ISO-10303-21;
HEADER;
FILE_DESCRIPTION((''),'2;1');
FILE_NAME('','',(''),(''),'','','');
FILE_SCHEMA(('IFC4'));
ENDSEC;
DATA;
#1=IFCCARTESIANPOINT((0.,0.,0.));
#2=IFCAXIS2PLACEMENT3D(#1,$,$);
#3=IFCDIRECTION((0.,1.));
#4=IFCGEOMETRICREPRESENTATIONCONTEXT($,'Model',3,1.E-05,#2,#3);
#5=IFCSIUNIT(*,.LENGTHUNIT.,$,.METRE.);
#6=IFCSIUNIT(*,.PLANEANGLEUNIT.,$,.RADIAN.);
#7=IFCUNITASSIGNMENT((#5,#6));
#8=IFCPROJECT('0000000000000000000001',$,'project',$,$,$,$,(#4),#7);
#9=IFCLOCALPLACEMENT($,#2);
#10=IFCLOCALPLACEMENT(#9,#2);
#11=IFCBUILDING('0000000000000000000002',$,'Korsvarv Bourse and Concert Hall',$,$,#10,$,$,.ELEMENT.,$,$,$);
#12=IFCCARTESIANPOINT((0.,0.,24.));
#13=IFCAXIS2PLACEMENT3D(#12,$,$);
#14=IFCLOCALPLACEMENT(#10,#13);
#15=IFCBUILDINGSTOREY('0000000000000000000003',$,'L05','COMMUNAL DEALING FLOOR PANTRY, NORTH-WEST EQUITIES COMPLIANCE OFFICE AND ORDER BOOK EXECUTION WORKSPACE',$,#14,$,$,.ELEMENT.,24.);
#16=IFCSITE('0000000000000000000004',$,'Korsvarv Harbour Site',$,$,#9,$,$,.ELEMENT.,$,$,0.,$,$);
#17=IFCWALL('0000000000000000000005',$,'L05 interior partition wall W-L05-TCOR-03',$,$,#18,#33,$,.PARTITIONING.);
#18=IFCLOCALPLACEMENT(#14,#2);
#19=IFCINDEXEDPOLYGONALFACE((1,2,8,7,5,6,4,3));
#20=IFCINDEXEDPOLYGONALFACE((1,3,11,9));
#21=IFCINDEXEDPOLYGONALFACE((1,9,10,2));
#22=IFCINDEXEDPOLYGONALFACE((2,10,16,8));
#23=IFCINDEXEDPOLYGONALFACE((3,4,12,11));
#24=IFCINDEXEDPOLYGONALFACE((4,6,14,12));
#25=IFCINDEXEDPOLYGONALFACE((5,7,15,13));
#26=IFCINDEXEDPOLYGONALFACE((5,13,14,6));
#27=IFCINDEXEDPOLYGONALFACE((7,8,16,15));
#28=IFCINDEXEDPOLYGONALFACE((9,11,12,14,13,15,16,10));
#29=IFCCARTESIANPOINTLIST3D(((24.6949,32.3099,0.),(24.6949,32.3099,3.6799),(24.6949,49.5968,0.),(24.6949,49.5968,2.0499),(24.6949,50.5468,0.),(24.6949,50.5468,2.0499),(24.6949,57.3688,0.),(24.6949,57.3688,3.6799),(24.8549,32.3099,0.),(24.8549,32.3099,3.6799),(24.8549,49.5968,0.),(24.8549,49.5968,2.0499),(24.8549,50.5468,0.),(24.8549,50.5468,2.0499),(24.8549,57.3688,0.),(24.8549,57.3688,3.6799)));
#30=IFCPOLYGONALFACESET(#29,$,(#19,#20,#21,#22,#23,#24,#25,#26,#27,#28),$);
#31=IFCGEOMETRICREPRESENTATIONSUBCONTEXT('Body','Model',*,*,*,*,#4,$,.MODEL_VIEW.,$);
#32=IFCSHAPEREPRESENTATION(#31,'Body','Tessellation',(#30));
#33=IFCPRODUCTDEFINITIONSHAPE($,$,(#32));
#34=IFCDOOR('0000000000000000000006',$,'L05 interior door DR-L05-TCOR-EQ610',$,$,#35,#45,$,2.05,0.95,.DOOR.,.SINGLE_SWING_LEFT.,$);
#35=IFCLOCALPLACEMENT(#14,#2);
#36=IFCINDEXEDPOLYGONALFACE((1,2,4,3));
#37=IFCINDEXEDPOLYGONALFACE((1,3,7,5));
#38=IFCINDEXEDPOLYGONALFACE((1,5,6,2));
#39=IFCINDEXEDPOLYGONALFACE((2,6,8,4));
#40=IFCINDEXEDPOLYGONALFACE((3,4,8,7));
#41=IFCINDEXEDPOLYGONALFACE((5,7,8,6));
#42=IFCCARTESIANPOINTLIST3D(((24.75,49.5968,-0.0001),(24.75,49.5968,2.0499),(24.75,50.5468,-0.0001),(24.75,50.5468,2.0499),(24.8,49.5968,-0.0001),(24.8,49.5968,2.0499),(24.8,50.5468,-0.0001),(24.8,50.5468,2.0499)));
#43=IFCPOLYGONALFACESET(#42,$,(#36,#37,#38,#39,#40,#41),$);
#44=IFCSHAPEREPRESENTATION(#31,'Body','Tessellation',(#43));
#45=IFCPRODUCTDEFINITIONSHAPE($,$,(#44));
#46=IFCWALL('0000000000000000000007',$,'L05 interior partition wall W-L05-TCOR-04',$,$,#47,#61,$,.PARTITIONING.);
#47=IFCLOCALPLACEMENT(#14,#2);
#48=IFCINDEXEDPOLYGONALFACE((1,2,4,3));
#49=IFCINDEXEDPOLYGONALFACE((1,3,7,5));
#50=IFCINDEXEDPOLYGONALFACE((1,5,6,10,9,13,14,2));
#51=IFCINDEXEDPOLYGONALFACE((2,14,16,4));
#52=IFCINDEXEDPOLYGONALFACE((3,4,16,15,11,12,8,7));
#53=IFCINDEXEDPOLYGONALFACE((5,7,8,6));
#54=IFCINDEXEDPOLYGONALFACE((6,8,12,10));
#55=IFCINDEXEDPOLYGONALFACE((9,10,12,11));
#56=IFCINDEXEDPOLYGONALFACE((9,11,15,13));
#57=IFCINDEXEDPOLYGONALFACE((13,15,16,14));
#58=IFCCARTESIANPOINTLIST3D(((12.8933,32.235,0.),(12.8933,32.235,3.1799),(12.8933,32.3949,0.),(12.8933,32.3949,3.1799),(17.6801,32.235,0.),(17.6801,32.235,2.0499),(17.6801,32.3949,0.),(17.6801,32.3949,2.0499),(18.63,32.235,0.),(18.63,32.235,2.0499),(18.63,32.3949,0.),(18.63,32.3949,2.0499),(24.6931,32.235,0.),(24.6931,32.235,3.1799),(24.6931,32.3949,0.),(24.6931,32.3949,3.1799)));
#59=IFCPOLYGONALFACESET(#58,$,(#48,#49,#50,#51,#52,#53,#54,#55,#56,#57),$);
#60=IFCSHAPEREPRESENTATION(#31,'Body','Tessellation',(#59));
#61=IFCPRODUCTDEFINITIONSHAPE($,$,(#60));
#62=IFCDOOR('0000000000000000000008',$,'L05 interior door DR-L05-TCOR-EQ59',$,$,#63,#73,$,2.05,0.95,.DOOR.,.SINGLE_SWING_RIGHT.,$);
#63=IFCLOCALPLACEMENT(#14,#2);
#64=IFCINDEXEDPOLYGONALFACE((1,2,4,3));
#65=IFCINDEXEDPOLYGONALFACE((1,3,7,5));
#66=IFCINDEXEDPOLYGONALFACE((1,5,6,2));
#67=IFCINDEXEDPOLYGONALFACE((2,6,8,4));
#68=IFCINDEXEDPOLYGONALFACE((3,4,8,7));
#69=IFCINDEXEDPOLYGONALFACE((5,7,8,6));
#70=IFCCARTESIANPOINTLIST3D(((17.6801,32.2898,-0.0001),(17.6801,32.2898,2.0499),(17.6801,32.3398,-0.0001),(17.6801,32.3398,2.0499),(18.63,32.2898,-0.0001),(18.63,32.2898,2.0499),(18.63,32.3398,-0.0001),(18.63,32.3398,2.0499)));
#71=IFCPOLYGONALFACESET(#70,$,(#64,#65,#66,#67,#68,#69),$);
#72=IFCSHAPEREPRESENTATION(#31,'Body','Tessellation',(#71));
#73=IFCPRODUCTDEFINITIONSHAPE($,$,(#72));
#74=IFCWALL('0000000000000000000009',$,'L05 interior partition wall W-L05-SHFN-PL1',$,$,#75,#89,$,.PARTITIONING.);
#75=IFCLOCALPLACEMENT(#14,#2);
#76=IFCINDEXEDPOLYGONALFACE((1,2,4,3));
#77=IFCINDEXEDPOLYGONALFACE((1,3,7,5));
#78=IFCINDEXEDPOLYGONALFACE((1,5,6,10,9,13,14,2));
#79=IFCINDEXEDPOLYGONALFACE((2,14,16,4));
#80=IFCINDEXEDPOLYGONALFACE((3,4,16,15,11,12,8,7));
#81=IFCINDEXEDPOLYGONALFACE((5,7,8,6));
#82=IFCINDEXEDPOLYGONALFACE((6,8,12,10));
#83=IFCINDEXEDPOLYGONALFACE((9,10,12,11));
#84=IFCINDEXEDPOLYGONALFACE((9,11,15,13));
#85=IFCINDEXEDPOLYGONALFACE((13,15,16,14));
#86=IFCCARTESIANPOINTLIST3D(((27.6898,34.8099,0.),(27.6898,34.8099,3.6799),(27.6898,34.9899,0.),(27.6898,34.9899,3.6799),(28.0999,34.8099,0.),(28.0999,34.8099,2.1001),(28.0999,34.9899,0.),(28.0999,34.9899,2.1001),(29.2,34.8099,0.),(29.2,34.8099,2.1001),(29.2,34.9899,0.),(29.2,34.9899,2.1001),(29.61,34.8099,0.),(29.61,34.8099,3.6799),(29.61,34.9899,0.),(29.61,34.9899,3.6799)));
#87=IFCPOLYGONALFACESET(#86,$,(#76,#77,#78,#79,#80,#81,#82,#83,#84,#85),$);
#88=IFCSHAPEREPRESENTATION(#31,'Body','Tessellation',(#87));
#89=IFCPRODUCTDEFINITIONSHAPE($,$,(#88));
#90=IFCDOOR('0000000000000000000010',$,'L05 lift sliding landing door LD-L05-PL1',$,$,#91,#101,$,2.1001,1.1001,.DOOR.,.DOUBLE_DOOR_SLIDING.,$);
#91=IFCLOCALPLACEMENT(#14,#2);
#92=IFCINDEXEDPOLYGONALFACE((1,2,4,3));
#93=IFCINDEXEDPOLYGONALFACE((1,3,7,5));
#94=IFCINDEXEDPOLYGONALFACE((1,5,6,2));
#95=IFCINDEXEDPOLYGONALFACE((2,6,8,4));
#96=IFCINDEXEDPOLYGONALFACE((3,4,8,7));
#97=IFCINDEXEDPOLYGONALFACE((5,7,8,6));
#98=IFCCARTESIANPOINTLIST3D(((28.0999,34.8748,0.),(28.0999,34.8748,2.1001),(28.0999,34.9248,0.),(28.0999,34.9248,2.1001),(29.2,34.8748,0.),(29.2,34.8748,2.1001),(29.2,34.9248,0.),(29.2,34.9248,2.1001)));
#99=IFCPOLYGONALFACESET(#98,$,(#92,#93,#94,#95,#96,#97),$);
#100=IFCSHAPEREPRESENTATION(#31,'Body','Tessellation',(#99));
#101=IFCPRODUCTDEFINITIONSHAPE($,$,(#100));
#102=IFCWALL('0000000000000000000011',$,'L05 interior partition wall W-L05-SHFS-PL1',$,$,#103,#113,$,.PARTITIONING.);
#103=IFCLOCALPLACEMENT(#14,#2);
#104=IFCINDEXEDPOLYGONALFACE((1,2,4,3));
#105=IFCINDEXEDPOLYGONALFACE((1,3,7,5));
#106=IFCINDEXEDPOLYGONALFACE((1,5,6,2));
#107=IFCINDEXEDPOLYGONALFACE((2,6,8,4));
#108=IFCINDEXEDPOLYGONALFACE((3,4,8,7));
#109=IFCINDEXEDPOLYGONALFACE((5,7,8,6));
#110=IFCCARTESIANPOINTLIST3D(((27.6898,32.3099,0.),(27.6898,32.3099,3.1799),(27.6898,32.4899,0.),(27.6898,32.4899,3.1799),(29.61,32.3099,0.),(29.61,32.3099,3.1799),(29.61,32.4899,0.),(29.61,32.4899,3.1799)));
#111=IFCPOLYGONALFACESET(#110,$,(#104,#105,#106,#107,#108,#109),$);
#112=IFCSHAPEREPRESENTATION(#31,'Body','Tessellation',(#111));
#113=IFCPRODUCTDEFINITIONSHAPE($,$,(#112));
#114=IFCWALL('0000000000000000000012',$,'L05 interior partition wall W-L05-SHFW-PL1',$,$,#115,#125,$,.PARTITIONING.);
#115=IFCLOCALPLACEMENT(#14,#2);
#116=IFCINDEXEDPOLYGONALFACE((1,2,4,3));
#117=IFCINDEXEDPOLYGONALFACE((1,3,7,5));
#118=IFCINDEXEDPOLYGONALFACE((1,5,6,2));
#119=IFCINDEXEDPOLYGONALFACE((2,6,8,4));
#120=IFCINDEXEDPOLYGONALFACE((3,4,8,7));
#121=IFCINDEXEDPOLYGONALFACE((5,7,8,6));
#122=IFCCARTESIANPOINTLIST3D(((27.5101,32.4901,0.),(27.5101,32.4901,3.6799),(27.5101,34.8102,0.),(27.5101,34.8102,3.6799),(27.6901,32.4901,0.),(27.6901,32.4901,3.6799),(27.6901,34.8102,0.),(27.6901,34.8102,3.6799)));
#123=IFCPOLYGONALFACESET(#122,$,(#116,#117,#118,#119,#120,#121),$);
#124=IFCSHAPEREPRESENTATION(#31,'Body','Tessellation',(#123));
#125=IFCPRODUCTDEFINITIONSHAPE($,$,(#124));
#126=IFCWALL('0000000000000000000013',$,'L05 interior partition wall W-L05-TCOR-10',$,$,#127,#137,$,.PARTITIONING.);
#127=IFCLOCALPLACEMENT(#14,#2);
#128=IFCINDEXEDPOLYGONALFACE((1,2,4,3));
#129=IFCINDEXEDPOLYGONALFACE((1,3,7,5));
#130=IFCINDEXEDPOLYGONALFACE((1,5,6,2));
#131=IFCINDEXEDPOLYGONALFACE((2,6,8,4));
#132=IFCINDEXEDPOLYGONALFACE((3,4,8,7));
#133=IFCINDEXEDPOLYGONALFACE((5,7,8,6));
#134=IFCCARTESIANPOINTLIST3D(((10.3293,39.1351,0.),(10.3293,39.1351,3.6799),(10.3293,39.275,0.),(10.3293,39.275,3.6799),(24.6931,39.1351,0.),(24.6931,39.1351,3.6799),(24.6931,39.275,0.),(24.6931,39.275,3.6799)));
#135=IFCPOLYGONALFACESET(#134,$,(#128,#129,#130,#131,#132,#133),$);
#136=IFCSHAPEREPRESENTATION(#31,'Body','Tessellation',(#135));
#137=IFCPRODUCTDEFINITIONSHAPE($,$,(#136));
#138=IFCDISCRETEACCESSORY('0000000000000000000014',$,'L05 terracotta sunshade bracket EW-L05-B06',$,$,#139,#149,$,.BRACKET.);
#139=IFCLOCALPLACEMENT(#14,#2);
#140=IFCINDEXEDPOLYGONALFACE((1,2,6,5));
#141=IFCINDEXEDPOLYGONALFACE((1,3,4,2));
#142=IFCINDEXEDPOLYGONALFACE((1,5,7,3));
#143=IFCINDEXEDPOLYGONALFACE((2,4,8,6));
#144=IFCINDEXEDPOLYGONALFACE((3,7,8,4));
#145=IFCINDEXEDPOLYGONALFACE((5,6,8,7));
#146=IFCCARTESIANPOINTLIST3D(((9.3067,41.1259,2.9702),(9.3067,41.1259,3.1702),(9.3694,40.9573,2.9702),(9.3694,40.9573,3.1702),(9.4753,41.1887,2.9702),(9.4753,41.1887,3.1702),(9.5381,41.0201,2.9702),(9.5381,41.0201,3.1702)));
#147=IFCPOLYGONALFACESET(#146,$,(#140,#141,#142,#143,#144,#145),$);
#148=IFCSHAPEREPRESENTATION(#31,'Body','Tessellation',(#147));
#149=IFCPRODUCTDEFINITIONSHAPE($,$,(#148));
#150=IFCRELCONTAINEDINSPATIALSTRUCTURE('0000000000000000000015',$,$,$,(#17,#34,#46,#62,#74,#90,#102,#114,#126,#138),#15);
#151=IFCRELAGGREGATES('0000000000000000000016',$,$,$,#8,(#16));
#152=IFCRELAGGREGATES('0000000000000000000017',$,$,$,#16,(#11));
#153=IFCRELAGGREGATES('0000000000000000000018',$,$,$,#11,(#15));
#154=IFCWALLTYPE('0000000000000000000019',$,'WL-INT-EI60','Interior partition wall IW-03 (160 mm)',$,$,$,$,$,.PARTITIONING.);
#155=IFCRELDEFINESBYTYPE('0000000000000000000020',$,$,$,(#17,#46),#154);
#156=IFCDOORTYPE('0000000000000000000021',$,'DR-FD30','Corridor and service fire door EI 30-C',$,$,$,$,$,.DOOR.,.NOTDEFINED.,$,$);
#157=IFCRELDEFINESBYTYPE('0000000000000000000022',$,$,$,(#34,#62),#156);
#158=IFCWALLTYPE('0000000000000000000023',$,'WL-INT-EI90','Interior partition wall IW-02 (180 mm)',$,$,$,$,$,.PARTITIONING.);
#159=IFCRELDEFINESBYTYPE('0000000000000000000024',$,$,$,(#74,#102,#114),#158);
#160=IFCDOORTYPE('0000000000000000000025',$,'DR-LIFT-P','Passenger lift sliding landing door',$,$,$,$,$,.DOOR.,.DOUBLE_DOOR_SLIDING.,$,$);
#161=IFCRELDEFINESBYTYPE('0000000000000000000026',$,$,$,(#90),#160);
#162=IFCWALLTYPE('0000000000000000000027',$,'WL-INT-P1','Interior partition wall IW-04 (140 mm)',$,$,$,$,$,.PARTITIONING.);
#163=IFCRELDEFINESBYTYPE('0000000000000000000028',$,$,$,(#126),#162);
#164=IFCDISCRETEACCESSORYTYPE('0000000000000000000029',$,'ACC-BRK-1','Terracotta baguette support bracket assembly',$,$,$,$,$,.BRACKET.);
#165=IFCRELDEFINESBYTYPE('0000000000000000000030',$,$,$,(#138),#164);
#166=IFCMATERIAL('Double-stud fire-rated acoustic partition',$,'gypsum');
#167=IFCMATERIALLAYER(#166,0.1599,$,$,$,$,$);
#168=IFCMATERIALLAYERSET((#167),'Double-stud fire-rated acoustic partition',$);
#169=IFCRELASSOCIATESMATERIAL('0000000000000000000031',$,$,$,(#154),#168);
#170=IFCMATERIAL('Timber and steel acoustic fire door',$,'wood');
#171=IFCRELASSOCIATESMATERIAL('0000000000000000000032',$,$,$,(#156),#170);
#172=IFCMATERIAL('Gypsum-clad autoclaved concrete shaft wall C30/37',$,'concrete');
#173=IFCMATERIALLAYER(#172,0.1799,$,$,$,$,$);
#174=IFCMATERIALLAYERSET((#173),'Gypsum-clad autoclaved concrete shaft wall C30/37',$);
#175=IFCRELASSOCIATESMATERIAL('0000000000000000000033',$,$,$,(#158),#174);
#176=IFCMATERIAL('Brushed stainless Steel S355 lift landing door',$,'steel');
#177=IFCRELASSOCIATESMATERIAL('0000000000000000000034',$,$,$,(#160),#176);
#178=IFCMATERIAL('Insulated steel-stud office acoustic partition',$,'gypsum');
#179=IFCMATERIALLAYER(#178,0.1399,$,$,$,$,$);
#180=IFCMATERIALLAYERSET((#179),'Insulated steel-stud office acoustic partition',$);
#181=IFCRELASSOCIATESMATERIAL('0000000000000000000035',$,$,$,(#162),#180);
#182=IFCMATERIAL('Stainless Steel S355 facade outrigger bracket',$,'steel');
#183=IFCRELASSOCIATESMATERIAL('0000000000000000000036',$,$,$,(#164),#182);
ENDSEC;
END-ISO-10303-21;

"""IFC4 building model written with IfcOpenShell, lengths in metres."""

from ifc_helpers import new_model, si_unit, direction, frame, frame_2d, origin, origin_2d, place, context, subcontext, project, spatial, rectangle, extrude, source, transform, mapped, material, layer, layer_set, type_object, element, fill, save


model = new_model("IFC4")

# Units and contexts
model_context = context("Model", 3, precision=1e-05, world=origin(), true_north=direction((0.0, 1.0)))
body_context = subcontext(model_context, "Body", "Model", "MODEL_VIEW")
ifc_project = project(units=[si_unit("LENGTHUNIT", "METRE"), si_unit("PLANEANGLEUNIT", "RADIAN")], contexts=[model_context])

# Site, building, storey
site_placement = place(None, origin())
site = spatial("IfcSite", under=ifc_project, at=site_placement, Name="Korsvarv Harbour Site", CompositionType="ELEMENT", RefElevation=0.0)
building_placement = place(site_placement, origin())
building = spatial("IfcBuilding", under=site, at=building_placement, Name="Korsvarv Bourse and Concert Hall", CompositionType="ELEMENT")
storey_placement = place(building_placement, frame((0.0, 0.0, 24.0)))
storey = spatial("IfcBuildingStorey", under=building, at=storey_placement, Name="L05", Description="COMMUNAL DEALING FLOOR PANTRY, NORTH-WEST EQUITIES COMPLIANCE OFFICE AND ORDER BOOK EXECUTION WORKSPACE", CompositionType="ELEMENT", Elevation=24.0)

# Walls, openings, doors
ifc_material_1 = material(Name="Double-stud fire-rated acoustic partition", Category="gypsum")
ifc_layer_1 = layer(ifc_material_1, 0.1599)
ifc_layer_set_1 = layer_set([ifc_layer_1], Name="Double-stud fire-rated acoustic partition")
wall_type_1 = type_object("IfcWallType", Name="WL-INT-EI60", Description="Interior partition wall IW-03 (160 mm)", PredefinedType="PARTITIONING", material=ifc_layer_set_1)
wall_1_placement = place(storey_placement, frame((24.7749, 32.3101, 0.0), z_axis=(0.0, 0.0, 1.0), x_axis=(0.0, 1.0, 0.0)))
wall_1 = element("IfcWall", 1, at=wall_1_placement, inside=storey, type_object=wall_type_1, Name="L05 interior partition wall W-L05-TCOR-03", PredefinedType="PARTITIONING", context=body_context, shape_type="SweptSolid", body=[
    extrude(rectangle(XDim=25.0588, YDim=0.1599, at=frame_2d((12.5293, 0.0))), origin(), (0.0, 0.0, 1.0), 3.6799),
])
opening_1_placement = place(wall_1_placement, frame((17.2866, 0.0, 0.0)))
opening_1 = element("IfcOpeningElement", 2, at=opening_1_placement, cuts=wall_1, PredefinedType="OPENING", context=body_context, shape_type="SweptSolid", body=[
    extrude(rectangle(XDim=0.95, YDim=2.05, at=frame_2d((0.4751, 1.0249))), frame((0.0, 0.0898, 0.0), z_axis=(0.0, -1.0, 0.0), x_axis=(1.0, 0.0, 0.0)), (0.0, 0.0, 1.0), 0.1799),
])
ifc_material_2 = material(Name="Timber and steel acoustic fire door", Category="wood")
door_type_1 = type_object("IfcDoorType", Name="DR-FD30", Description="Corridor and service fire door EI 30-C", OperationType="NOTDEFINED", PredefinedType="DOOR", material=ifc_material_2)
door_1_placement = place(opening_1_placement, origin())
door_1 = element("IfcDoor", 3, at=door_1_placement, inside=storey, type_object=door_type_1, Name="L05 interior door DR-L05-TCOR-EQ610", OperationType="SINGLE_SWING_LEFT", OverallHeight=2.05, OverallWidth=0.95, PredefinedType="DOOR", context=body_context, shape_type="SweptSolid", body=[
    extrude(rectangle(XDim=0.95, YDim=2.05, at=frame_2d((0.4751, 1.0249))), frame((0.0, 0.0249, 0.0), z_axis=(0.0, -1.0, 0.0), x_axis=(1.0, 0.0, 0.0)), (0.0, 0.0, 1.0), 0.05),
])
fill(opening_1, door_1)
wall_2_placement = place(storey_placement, frame((12.8933, 32.3149, 0.0), z_axis=(0.0, 0.0, 1.0), x_axis=(1.0, 0.0, 0.0)))
wall_2 = element("IfcWall", 4, at=wall_2_placement, inside=storey, type_object=wall_type_1, Name="L05 interior partition wall W-L05-TCOR-04", PredefinedType="PARTITIONING", context=body_context, shape_type="SweptSolid", body=[
    extrude(rectangle(XDim=11.7998, YDim=0.1599, at=frame_2d((5.8999, 0.0))), origin(), (0.0, 0.0, 1.0), 3.1799),
])
opening_2_placement = place(wall_2_placement, frame((4.7866, 0.0, 0.0)))
opening_2 = element("IfcOpeningElement", 5, at=opening_2_placement, cuts=wall_2, PredefinedType="OPENING", context=body_context, shape_type="SweptSolid", body=[
    extrude(rectangle(XDim=0.95, YDim=2.05, at=frame_2d((0.4751, 1.0249))), frame((0.0, 0.0898, 0.0), z_axis=(0.0, -1.0, 0.0), x_axis=(1.0, 0.0, 0.0)), (0.0, 0.0, 1.0), 0.1799),
])
door_2_placement = place(opening_2_placement, origin())
door_2 = element("IfcDoor", 6, at=door_2_placement, inside=storey, type_object=door_type_1, Name="L05 interior door DR-L05-TCOR-EQ59", OperationType="SINGLE_SWING_RIGHT", OverallHeight=2.05, OverallWidth=0.95, PredefinedType="DOOR", context=body_context, shape_type="SweptSolid", body=[
    extrude(rectangle(XDim=0.95, YDim=2.05, at=frame_2d((0.4751, 1.0249))), frame((0.0, 0.0249, 0.0), z_axis=(0.0, -1.0, 0.0), x_axis=(1.0, 0.0, 0.0)), (0.0, 0.0, 1.0), 0.05),
])
fill(opening_2, door_2)
ifc_material_3 = material(Name="Gypsum-clad autoclaved concrete shaft wall C30/37", Category="concrete")
ifc_layer_2 = layer(ifc_material_3, 0.1799)
ifc_layer_set_2 = layer_set([ifc_layer_2], Name="Gypsum-clad autoclaved concrete shaft wall C30/37")
wall_type_2 = type_object("IfcWallType", Name="WL-INT-EI90", Description="Interior partition wall IW-02 (180 mm)", PredefinedType="PARTITIONING", material=ifc_layer_set_2)
wall_3_placement = place(storey_placement, frame((27.6899, 34.8999, 0.0), z_axis=(0.0, 0.0, 1.0), x_axis=(1.0, 0.0, 0.0)))
wall_3 = element("IfcWall", 7, at=wall_3_placement, inside=storey, type_object=wall_type_2, Name="L05 interior partition wall W-L05-SHFN-PL1", PredefinedType="PARTITIONING", context=body_context, shape_type="SweptSolid", body=[
    extrude(rectangle(XDim=1.9202, YDim=0.1799, at=frame_2d((0.96, 0.0))), origin(), (0.0, 0.0, 1.0), 3.6799),
])
opening_3_placement = place(wall_3_placement, frame((0.4099, 0.0, 0.0)))
opening_3 = element("IfcOpeningElement", 8, at=opening_3_placement, cuts=wall_3, PredefinedType="OPENING", context=body_context, shape_type="SweptSolid", body=[
    extrude(rectangle(XDim=1.1001, YDim=2.1001, at=frame_2d((0.55, 1.05))), frame((0.0, 0.1001, 0.0), z_axis=(0.0, -1.0, 0.0), x_axis=(1.0, 0.0, 0.0)), (0.0, 0.0, 1.0), 0.2),
])
ifc_material_4 = material(Name="Brushed stainless Steel S355 lift landing door", Category="steel")
door_type_2 = type_object("IfcDoorType", Name="DR-LIFT-P", Description="Passenger lift sliding landing door", OperationType="DOUBLE_DOOR_SLIDING", PredefinedType="DOOR", material=ifc_material_4)
door_3_placement = place(opening_3_placement, origin())
door_3 = element("IfcDoor", 9, at=door_3_placement, inside=storey, type_object=door_type_2, Name="L05 lift sliding landing door LD-L05-PL1", OperationType="DOUBLE_DOOR_SLIDING", OverallHeight=2.1001, OverallWidth=1.1001, PredefinedType="DOOR", context=body_context, shape_type="SweptSolid", body=[
    extrude(rectangle(XDim=1.1001, YDim=2.1001, at=frame_2d((0.55, 1.05))), frame((0.0, 0.0249, 0.0), z_axis=(0.0, -1.0, 0.0), x_axis=(1.0, 0.0, 0.0)), (0.0, 0.0, 1.0), 0.05),
])
fill(opening_3, door_3)

# Walls
wall_4_placement = place(storey_placement, frame((27.6899, 32.3999, 0.0), z_axis=(0.0, 0.0, 1.0), x_axis=(1.0, 0.0, 0.0)))
element("IfcWall", 10, at=wall_4_placement, inside=storey, type_object=wall_type_2, Name="L05 interior partition wall W-L05-SHFS-PL1", PredefinedType="PARTITIONING", context=body_context, shape_type="SweptSolid", body=[
    extrude(rectangle(XDim=1.9202, YDim=0.1799, at=frame_2d((0.96, 0.0))), origin(), (0.0, 0.0, 1.0), 3.1799),
])
wall_5_placement = place(storey_placement, frame((27.6001, 32.49, 0.0), z_axis=(0.0, 0.0, 1.0), x_axis=(0.0, 1.0, 0.0)))
element("IfcWall", 11, at=wall_5_placement, inside=storey, type_object=wall_type_2, Name="L05 interior partition wall W-L05-SHFW-PL1", PredefinedType="PARTITIONING", context=body_context, shape_type="SweptSolid", body=[
    extrude(rectangle(XDim=2.3201, YDim=0.1799, at=frame_2d((1.1602, 0.0))), origin(), (0.0, 0.0, 1.0), 3.6799),
])
ifc_material_5 = material(Name="Insulated steel-stud office acoustic partition", Category="gypsum")
ifc_layer_3 = layer(ifc_material_5, 0.1399)
ifc_layer_set_3 = layer_set([ifc_layer_3], Name="Insulated steel-stud office acoustic partition")
wall_type_3 = type_object("IfcWallType", Name="WL-INT-P1", Description="Interior partition wall IW-04 (140 mm)", PredefinedType="PARTITIONING", material=ifc_layer_set_3)
wall_6_placement = place(storey_placement, frame((10.3293, 39.2051, 0.0), z_axis=(0.0, 0.0, 1.0), x_axis=(1.0, 0.0, 0.0)))
element("IfcWall", 12, at=wall_6_placement, inside=storey, type_object=wall_type_3, Name="L05 interior partition wall W-L05-TCOR-10", PredefinedType="PARTITIONING", context=body_context, shape_type="SweptSolid", body=[
    extrude(rectangle(XDim=14.3638, YDim=0.1399, at=frame_2d((7.1819, 0.0))), origin(), (0.0, 0.0, 1.0), 3.6799),
])

# Discrete accessory
ifc_material_6 = material(Name="Stainless Steel S355 facade outrigger bracket", Category="steel")
discrete_accessory_type = type_object("IfcDiscreteAccessoryType", Name="ACC-BRK-1", Description="Terracotta baguette support bracket assembly", PredefinedType="BRACKET", material=ifc_material_6)
shared_shape_1 = source(origin(), body_context, "Body", "SweptSolid", [
    extrude(rectangle(XDim=0.1799, YDim=0.1799, at=origin_2d()), origin(), (0.0, 0.0, 1.0), 0.2),
])
discrete_accessory_placement = place(storey_placement, frame((9.4224, 41.073, 2.9702), z_axis=(0.0, 0.0, 1.0), x_axis=(0.348736, -0.937221, 0.0)))
element("IfcDiscreteAccessory", 13, at=discrete_accessory_placement, inside=storey, type_object=discrete_accessory_type, Name="L05 terracotta sunshade bracket EW-L05-B06", PredefinedType="BRACKET", context=body_context, shape_type="MappedRepresentation", body=[
    mapped(shared_shape_1, transform((0.0, 0.0, 0.0), scale=1.0)),
])

save(model, "model.ifc")
